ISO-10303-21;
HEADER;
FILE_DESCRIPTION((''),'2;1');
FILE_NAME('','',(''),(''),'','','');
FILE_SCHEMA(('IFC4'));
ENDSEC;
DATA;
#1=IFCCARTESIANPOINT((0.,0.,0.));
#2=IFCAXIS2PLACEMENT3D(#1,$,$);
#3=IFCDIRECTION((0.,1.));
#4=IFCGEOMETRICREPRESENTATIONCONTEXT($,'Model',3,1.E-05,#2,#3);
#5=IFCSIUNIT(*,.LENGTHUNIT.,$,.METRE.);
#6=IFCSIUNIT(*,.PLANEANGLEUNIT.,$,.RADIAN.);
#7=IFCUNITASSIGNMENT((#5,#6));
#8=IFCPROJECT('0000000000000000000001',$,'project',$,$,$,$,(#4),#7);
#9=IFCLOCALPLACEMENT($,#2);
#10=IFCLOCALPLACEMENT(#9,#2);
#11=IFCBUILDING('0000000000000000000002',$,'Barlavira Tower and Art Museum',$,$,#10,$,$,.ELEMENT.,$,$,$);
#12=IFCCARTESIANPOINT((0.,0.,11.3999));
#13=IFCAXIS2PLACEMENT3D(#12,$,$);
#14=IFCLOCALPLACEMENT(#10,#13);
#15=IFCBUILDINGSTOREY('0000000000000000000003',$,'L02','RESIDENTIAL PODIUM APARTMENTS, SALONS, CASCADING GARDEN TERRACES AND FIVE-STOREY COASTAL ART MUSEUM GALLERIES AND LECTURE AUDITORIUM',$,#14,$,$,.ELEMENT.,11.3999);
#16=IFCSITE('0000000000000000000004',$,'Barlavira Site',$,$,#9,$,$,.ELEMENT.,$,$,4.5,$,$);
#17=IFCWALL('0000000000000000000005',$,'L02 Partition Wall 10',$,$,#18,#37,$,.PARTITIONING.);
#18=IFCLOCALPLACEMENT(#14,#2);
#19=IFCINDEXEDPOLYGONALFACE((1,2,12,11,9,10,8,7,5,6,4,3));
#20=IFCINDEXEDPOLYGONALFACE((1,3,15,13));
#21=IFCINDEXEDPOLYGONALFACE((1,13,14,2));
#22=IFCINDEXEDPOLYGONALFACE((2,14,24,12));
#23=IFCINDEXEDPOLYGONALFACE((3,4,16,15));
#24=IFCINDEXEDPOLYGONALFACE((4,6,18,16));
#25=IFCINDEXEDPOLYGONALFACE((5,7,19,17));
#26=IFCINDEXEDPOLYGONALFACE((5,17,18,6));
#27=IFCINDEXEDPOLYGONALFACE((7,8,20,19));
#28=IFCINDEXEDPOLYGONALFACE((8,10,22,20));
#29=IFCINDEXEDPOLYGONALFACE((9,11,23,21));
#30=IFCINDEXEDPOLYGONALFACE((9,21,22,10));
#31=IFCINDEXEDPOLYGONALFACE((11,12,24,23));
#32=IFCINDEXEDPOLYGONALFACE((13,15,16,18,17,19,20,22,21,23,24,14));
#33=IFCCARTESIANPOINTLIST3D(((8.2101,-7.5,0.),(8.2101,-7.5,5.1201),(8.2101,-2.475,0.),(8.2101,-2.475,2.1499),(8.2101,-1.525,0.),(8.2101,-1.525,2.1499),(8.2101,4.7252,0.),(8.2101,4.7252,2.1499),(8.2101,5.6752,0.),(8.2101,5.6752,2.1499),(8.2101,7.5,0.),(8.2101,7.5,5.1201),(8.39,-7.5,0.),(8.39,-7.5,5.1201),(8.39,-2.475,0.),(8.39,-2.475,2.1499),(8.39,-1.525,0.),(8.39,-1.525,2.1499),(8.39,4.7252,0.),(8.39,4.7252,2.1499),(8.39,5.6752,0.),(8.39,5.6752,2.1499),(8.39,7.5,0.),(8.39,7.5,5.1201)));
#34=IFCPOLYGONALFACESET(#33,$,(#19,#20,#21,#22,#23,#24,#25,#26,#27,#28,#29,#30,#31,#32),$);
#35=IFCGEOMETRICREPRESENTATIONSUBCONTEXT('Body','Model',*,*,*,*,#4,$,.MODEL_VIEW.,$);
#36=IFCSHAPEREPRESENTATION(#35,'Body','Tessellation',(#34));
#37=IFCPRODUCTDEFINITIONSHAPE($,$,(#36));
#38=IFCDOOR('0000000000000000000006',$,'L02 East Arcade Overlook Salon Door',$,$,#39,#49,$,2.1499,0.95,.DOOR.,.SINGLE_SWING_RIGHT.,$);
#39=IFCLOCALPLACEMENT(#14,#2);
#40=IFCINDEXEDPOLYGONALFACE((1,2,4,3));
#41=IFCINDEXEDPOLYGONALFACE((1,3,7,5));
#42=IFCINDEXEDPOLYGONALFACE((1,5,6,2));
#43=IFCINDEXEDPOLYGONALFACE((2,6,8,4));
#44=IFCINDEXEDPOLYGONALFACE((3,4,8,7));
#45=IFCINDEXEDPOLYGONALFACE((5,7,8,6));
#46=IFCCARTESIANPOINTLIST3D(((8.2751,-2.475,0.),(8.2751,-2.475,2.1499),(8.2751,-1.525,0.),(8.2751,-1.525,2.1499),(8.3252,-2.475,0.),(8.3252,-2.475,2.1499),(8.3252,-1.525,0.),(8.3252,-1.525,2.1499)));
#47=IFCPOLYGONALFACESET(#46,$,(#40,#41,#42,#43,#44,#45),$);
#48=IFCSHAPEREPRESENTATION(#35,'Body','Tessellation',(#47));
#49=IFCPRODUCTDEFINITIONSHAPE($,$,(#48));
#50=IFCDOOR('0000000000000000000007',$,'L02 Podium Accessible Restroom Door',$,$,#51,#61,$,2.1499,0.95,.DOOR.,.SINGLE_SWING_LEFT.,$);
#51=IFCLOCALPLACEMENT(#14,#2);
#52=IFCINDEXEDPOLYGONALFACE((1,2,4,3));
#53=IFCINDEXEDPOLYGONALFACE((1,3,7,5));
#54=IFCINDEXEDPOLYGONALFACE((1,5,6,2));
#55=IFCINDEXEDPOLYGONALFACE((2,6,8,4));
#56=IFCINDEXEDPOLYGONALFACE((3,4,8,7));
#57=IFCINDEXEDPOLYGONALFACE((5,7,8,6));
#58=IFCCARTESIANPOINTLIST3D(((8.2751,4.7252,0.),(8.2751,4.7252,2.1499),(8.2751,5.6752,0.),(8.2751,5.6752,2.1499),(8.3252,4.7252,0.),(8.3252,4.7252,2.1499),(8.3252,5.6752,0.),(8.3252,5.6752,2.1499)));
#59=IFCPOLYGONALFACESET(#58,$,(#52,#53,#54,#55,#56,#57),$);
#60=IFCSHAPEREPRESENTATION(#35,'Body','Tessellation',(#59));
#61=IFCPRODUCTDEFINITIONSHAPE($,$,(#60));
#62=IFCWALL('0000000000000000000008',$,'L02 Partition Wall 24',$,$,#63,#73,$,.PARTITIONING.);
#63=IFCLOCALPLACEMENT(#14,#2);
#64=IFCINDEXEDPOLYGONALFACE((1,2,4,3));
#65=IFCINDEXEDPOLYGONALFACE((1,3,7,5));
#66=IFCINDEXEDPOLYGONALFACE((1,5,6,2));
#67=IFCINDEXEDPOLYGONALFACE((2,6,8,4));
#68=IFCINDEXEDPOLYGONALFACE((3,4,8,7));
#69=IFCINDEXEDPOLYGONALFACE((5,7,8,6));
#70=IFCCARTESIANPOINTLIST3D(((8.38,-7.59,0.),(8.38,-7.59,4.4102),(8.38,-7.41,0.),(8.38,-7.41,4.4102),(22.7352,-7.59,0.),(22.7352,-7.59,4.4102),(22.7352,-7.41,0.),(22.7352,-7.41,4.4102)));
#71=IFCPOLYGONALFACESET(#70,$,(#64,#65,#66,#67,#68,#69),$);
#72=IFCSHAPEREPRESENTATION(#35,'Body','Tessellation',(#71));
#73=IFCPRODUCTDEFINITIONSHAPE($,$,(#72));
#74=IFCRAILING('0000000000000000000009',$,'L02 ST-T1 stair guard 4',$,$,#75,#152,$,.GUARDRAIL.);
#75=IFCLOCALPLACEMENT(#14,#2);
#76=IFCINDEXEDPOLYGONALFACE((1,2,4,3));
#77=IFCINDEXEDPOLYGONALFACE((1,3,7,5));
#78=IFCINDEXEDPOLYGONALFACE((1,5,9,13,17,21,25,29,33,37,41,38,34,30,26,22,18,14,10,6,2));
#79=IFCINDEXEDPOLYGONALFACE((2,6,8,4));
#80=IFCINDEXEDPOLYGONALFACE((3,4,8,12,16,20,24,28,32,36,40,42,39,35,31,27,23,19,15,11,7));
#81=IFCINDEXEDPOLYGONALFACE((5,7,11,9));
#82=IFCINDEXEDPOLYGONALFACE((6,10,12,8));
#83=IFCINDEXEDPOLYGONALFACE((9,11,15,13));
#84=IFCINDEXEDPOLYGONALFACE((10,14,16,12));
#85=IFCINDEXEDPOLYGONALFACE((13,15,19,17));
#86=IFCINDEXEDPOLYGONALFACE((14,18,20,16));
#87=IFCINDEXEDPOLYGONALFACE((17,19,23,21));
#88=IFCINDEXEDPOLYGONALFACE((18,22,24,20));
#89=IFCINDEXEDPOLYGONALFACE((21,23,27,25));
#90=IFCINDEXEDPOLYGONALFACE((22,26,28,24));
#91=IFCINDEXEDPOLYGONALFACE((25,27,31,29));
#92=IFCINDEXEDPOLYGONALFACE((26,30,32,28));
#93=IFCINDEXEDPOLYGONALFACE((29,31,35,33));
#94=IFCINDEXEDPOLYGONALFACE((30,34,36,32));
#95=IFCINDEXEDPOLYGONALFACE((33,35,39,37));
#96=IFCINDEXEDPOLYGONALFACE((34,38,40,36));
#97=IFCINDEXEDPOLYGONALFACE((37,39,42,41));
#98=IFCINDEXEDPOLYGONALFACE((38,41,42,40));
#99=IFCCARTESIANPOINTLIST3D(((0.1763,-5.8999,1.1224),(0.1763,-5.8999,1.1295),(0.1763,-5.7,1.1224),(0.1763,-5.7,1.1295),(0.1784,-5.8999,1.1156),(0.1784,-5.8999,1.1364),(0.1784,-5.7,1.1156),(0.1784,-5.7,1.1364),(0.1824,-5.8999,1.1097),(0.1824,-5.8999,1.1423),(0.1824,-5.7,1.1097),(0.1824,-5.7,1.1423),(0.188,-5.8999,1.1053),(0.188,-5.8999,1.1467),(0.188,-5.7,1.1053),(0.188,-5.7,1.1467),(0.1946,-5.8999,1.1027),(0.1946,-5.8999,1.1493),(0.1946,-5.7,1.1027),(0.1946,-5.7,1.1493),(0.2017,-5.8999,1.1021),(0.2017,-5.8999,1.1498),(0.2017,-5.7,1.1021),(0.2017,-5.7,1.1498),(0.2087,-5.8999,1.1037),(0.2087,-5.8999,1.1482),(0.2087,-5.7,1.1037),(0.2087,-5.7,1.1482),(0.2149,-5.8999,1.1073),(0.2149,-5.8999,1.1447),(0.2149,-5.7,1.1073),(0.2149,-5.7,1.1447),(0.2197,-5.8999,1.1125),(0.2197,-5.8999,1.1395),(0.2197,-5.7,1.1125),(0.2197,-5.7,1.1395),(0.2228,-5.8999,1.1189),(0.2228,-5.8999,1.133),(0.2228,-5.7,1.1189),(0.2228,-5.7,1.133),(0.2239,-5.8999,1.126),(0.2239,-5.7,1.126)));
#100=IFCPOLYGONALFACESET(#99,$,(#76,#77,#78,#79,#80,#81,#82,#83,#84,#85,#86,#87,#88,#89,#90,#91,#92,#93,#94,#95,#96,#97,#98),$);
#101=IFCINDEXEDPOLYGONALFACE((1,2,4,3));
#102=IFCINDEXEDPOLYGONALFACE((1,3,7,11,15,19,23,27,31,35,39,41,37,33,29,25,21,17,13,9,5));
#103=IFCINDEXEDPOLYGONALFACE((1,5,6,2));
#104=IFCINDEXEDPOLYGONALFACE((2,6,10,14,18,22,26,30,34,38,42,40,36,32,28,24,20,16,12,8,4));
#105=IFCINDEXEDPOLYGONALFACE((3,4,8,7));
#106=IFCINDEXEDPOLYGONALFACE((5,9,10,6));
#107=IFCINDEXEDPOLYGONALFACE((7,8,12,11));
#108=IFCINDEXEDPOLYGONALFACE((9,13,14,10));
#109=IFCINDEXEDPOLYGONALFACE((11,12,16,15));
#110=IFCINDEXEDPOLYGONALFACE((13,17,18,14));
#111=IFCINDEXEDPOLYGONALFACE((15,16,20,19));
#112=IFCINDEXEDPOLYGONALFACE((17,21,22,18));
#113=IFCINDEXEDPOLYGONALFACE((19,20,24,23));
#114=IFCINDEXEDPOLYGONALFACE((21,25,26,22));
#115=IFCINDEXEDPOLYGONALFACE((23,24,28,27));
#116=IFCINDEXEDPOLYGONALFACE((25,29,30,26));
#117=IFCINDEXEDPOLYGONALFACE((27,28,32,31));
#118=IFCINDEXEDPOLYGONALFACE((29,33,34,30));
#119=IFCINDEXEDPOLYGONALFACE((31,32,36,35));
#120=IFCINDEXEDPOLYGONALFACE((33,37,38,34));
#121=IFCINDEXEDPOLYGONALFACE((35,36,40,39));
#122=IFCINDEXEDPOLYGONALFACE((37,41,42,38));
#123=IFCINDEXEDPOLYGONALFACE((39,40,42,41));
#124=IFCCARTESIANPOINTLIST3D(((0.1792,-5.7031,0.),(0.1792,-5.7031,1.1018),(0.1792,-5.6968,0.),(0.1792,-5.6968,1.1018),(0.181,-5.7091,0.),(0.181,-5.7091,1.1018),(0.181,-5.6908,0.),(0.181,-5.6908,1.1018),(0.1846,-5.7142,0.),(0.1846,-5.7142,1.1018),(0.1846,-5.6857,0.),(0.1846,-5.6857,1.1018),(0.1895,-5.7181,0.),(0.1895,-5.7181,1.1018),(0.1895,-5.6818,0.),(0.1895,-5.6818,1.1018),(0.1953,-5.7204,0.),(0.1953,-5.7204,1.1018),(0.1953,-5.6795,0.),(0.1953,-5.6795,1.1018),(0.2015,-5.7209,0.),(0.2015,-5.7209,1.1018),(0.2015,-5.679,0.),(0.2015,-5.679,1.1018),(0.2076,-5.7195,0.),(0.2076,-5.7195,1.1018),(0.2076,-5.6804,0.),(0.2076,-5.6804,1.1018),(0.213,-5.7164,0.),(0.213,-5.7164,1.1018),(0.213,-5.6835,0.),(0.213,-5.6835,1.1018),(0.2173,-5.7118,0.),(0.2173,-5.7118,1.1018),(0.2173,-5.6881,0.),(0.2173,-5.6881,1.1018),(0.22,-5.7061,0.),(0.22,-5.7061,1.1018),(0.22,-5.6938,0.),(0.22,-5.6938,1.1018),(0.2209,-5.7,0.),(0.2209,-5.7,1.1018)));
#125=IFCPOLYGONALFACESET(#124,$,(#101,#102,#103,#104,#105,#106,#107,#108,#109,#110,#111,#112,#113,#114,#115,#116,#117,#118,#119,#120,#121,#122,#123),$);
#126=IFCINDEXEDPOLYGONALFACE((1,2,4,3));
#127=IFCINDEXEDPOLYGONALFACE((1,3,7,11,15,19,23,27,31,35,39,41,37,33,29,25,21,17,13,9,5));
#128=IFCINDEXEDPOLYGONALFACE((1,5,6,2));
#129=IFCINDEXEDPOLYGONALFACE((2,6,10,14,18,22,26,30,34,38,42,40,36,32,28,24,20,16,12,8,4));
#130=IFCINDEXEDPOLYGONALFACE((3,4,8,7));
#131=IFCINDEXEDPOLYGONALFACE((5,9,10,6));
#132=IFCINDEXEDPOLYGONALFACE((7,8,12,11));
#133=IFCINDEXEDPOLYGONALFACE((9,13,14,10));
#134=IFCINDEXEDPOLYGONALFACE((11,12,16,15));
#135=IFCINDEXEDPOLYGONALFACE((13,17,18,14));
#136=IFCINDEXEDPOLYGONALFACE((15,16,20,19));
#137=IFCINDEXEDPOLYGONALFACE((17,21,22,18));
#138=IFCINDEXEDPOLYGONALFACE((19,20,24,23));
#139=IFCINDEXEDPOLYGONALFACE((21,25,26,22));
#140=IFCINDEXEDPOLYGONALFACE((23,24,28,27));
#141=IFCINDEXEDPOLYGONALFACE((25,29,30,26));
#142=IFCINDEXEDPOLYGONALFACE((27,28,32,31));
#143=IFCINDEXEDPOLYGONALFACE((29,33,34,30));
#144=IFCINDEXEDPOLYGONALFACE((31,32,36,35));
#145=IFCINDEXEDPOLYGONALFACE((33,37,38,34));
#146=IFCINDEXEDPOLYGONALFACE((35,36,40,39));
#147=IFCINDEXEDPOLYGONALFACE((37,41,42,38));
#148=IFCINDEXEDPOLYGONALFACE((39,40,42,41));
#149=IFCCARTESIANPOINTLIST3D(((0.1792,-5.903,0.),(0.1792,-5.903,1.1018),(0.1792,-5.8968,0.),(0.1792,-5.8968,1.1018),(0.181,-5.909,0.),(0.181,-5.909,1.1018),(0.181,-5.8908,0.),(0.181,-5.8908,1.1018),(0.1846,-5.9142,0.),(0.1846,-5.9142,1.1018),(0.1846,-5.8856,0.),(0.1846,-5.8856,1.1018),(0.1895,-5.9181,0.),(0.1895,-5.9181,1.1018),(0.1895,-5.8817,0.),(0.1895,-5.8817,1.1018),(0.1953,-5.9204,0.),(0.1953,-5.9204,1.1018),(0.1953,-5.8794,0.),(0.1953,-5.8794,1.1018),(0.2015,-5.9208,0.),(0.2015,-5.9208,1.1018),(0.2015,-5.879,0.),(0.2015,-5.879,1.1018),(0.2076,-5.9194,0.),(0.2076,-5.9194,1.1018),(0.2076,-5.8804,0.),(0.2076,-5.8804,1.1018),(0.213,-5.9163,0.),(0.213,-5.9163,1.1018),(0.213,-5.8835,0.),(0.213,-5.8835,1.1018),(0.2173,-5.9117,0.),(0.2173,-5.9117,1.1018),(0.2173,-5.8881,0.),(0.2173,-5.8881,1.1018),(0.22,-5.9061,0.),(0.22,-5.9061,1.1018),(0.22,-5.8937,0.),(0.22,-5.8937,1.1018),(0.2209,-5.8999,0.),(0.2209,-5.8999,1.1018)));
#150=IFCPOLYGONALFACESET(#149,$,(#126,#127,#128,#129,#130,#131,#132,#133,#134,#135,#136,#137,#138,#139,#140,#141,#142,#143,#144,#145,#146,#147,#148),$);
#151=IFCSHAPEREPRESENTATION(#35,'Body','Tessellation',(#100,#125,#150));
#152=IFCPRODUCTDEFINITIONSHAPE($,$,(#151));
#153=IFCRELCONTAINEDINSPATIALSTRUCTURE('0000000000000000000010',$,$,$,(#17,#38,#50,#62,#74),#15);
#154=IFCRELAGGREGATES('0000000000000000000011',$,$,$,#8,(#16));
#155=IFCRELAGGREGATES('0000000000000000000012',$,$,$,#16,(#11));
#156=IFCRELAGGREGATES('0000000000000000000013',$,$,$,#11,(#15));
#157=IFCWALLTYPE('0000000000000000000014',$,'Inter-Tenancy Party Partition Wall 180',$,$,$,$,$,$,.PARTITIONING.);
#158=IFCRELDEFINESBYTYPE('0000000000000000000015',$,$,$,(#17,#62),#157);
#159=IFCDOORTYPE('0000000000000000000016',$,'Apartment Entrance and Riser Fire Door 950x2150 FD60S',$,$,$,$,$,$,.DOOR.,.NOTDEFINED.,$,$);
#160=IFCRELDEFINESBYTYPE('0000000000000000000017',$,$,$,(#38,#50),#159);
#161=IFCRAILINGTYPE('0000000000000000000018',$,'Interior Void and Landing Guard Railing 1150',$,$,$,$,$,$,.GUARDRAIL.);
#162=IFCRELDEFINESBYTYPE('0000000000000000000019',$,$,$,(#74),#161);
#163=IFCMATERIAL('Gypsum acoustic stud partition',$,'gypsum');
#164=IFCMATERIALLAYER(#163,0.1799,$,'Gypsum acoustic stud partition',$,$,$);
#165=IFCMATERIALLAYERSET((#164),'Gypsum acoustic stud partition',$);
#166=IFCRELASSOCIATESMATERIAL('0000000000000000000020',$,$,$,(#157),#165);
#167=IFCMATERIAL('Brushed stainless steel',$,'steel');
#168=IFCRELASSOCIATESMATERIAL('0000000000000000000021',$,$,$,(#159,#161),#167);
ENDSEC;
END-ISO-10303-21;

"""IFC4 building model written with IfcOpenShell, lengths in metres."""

from ifc_helpers import new_model, si_unit, direction, frame, frame_2d, origin, origin_2d, place, context, subcontext, project, spatial, rectangle, circle, extrude, material, layer, layer_set, type_object, element, fill, save


model = new_model("IFC4")

# Units and contexts
model_context = context("Model", 3, precision=1e-05, world=origin(), true_north=direction((0.0, 1.0)))
body_context = subcontext(model_context, "Body", "Model", "MODEL_VIEW")
ifc_project = project(units=[si_unit("LENGTHUNIT", "METRE"), si_unit("PLANEANGLEUNIT", "RADIAN")], contexts=[model_context])

# Site, building, storey
site_placement = place(None, origin())
site = spatial("IfcSite", under=ifc_project, at=site_placement, Name="Barlavira Site", CompositionType="ELEMENT", RefElevation=4.5)
building_placement = place(site_placement, origin())
building = spatial("IfcBuilding", under=site, at=building_placement, Name="Barlavira Tower and Art Museum", CompositionType="ELEMENT")
storey_placement = place(building_placement, frame((0.0, 0.0, 11.3999)))
storey = spatial("IfcBuildingStorey", under=building, at=storey_placement, Name="L02", Description="RESIDENTIAL PODIUM APARTMENTS, SALONS, CASCADING GARDEN TERRACES AND FIVE-STOREY COASTAL ART MUSEUM GALLERIES AND LECTURE AUDITORIUM", CompositionType="ELEMENT", Elevation=11.3999)

# Shared definitions
ifc_material_1 = material(Name="Brushed stainless steel", Category="steel")

# Wall, openings, doors
ifc_material_2 = material(Name="Gypsum acoustic stud partition", Category="gypsum")
ifc_layer_1 = layer(ifc_material_2, 0.1799, Name="Gypsum acoustic stud partition")
ifc_layer_set_1 = layer_set([ifc_layer_1], Name="Gypsum acoustic stud partition")
wall_type_1 = type_object("IfcWallType", Name="Inter-Tenancy Party Partition Wall 180", PredefinedType="PARTITIONING", material=ifc_layer_set_1)
wall_1_placement = place(storey_placement, frame((8.3, -7.5, 0.0), z_axis=(0.0, 0.0, 1.0), x_axis=(0.0, 1.0, 0.0)))
wall_1 = element("IfcWall", 1, at=wall_1_placement, inside=storey, type_object=wall_type_1, Name="L02 Partition Wall 10", PredefinedType="PARTITIONING", context=body_context, shape_type="SweptSolid", body=[
    extrude(rectangle(XDim=15.0, YDim=0.1799, at=frame_2d((7.5, 0.0))), origin(), (0.0, 0.0, 1.0), 5.1201),
])
opening_1_placement = place(wall_1_placement, frame((5.0249, 0.0, 0.0)))
opening_1 = element("IfcOpeningElement", 2, at=opening_1_placement, cuts=wall_1, PredefinedType="OPENING", context=body_context, shape_type="SweptSolid", body=[
    extrude(rectangle(XDim=0.95, YDim=2.1499, at=frame_2d((0.4751, 1.075))), frame((0.0, 0.1001, 0.0), z_axis=(0.0, -1.0, 0.0), x_axis=(1.0, 0.0, 0.0)), (0.0, 0.0, 1.0), 0.2),
])
opening_2_placement = place(wall_1_placement, frame((12.2251, 0.0, 0.0)))
opening_2 = element("IfcOpeningElement", 3, at=opening_2_placement, cuts=wall_1, PredefinedType="OPENING", context=body_context, shape_type="SweptSolid", body=[
    extrude(rectangle(XDim=0.95, YDim=2.1499, at=frame_2d((0.4751, 1.075))), frame((0.0, 0.1001, 0.0), z_axis=(0.0, -1.0, 0.0), x_axis=(1.0, 0.0, 0.0)), (0.0, 0.0, 1.0), 0.2),
])
door_type_1 = type_object("IfcDoorType", Name="Apartment Entrance and Riser Fire Door 950x2150 FD60S", OperationType="NOTDEFINED", PredefinedType="DOOR", material=ifc_material_1)
door_1_placement = place(opening_1_placement, origin())
door_1 = element("IfcDoor", 4, at=door_1_placement, inside=storey, type_object=door_type_1, Name="L02 East Arcade Overlook Salon Door", OperationType="SINGLE_SWING_RIGHT", OverallHeight=2.1499, OverallWidth=0.95, PredefinedType="DOOR", context=body_context, shape_type="SweptSolid", body=[
    extrude(rectangle(XDim=0.95, YDim=2.1499, at=frame_2d((0.4751, 1.075))), frame((0.0, 0.0249, 0.0), z_axis=(0.0, -1.0, 0.0), x_axis=(1.0, 0.0, 0.0)), (0.0, 0.0, 1.0), 0.05),
])
fill(opening_1, door_1)
door_2_placement = place(opening_2_placement, origin())
door_2 = element("IfcDoor", 5, at=door_2_placement, inside=storey, type_object=door_type_1, Name="L02 Podium Accessible Restroom Door", OperationType="SINGLE_SWING_LEFT", OverallHeight=2.1499, OverallWidth=0.95, PredefinedType="DOOR", context=body_context, shape_type="SweptSolid", body=[
    extrude(rectangle(XDim=0.95, YDim=2.1499, at=frame_2d((0.4751, 1.075))), frame((0.0, 0.0249, 0.0), z_axis=(0.0, -1.0, 0.0), x_axis=(1.0, 0.0, 0.0)), (0.0, 0.0, 1.0), 0.05),
])
fill(opening_2, door_2)

# Wall
wall_2_placement = place(storey_placement, frame((8.3799, -7.5, 0.0), z_axis=(0.0, 0.0, 1.0), x_axis=(1.0, 0.0, 0.0)))
element("IfcWall", 6, at=wall_2_placement, inside=storey, type_object=wall_type_1, Name="L02 Partition Wall 24", PredefinedType="PARTITIONING", context=body_context, shape_type="SweptSolid", body=[
    extrude(rectangle(XDim=14.3552, YDim=0.1799, at=frame_2d((7.1777, 0.0))), origin(), (0.0, 0.0, 1.0), 4.4102),
])

# Railing
railing_type = type_object("IfcRailingType", Name="Interior Void and Landing Guard Railing 1150", PredefinedType="GUARDRAIL", material=ifc_material_1)
railing_placement = place(storey_placement, frame((0.2, -5.7, 0.0)))
element("IfcRailing", 7, at=railing_placement, inside=storey, type_object=railing_type, Name="L02 ST-T1 stair guard 4", PredefinedType="GUARDRAIL", context=body_context, shape_type="SweptSolid", body=[
    extrude(circle(Radius=0.0239, at=origin_2d()), frame((0.0, 0.0, 1.126), z_axis=(0.0, -1.0, 0.0), x_axis=(1.0, 0.0, 0.0)), (0.0, 0.0, 1.0), 0.2),
    extrude(circle(Radius=0.021, at=origin_2d()), origin(), (0.0, 0.0, 1.0), 1.1018),
    extrude(circle(Radius=0.021, at=origin_2d()), frame((0.0, -0.2, 0.0)), (0.0, 0.0, 1.0), 1.1018),
])

save(model, "model.ifc")
